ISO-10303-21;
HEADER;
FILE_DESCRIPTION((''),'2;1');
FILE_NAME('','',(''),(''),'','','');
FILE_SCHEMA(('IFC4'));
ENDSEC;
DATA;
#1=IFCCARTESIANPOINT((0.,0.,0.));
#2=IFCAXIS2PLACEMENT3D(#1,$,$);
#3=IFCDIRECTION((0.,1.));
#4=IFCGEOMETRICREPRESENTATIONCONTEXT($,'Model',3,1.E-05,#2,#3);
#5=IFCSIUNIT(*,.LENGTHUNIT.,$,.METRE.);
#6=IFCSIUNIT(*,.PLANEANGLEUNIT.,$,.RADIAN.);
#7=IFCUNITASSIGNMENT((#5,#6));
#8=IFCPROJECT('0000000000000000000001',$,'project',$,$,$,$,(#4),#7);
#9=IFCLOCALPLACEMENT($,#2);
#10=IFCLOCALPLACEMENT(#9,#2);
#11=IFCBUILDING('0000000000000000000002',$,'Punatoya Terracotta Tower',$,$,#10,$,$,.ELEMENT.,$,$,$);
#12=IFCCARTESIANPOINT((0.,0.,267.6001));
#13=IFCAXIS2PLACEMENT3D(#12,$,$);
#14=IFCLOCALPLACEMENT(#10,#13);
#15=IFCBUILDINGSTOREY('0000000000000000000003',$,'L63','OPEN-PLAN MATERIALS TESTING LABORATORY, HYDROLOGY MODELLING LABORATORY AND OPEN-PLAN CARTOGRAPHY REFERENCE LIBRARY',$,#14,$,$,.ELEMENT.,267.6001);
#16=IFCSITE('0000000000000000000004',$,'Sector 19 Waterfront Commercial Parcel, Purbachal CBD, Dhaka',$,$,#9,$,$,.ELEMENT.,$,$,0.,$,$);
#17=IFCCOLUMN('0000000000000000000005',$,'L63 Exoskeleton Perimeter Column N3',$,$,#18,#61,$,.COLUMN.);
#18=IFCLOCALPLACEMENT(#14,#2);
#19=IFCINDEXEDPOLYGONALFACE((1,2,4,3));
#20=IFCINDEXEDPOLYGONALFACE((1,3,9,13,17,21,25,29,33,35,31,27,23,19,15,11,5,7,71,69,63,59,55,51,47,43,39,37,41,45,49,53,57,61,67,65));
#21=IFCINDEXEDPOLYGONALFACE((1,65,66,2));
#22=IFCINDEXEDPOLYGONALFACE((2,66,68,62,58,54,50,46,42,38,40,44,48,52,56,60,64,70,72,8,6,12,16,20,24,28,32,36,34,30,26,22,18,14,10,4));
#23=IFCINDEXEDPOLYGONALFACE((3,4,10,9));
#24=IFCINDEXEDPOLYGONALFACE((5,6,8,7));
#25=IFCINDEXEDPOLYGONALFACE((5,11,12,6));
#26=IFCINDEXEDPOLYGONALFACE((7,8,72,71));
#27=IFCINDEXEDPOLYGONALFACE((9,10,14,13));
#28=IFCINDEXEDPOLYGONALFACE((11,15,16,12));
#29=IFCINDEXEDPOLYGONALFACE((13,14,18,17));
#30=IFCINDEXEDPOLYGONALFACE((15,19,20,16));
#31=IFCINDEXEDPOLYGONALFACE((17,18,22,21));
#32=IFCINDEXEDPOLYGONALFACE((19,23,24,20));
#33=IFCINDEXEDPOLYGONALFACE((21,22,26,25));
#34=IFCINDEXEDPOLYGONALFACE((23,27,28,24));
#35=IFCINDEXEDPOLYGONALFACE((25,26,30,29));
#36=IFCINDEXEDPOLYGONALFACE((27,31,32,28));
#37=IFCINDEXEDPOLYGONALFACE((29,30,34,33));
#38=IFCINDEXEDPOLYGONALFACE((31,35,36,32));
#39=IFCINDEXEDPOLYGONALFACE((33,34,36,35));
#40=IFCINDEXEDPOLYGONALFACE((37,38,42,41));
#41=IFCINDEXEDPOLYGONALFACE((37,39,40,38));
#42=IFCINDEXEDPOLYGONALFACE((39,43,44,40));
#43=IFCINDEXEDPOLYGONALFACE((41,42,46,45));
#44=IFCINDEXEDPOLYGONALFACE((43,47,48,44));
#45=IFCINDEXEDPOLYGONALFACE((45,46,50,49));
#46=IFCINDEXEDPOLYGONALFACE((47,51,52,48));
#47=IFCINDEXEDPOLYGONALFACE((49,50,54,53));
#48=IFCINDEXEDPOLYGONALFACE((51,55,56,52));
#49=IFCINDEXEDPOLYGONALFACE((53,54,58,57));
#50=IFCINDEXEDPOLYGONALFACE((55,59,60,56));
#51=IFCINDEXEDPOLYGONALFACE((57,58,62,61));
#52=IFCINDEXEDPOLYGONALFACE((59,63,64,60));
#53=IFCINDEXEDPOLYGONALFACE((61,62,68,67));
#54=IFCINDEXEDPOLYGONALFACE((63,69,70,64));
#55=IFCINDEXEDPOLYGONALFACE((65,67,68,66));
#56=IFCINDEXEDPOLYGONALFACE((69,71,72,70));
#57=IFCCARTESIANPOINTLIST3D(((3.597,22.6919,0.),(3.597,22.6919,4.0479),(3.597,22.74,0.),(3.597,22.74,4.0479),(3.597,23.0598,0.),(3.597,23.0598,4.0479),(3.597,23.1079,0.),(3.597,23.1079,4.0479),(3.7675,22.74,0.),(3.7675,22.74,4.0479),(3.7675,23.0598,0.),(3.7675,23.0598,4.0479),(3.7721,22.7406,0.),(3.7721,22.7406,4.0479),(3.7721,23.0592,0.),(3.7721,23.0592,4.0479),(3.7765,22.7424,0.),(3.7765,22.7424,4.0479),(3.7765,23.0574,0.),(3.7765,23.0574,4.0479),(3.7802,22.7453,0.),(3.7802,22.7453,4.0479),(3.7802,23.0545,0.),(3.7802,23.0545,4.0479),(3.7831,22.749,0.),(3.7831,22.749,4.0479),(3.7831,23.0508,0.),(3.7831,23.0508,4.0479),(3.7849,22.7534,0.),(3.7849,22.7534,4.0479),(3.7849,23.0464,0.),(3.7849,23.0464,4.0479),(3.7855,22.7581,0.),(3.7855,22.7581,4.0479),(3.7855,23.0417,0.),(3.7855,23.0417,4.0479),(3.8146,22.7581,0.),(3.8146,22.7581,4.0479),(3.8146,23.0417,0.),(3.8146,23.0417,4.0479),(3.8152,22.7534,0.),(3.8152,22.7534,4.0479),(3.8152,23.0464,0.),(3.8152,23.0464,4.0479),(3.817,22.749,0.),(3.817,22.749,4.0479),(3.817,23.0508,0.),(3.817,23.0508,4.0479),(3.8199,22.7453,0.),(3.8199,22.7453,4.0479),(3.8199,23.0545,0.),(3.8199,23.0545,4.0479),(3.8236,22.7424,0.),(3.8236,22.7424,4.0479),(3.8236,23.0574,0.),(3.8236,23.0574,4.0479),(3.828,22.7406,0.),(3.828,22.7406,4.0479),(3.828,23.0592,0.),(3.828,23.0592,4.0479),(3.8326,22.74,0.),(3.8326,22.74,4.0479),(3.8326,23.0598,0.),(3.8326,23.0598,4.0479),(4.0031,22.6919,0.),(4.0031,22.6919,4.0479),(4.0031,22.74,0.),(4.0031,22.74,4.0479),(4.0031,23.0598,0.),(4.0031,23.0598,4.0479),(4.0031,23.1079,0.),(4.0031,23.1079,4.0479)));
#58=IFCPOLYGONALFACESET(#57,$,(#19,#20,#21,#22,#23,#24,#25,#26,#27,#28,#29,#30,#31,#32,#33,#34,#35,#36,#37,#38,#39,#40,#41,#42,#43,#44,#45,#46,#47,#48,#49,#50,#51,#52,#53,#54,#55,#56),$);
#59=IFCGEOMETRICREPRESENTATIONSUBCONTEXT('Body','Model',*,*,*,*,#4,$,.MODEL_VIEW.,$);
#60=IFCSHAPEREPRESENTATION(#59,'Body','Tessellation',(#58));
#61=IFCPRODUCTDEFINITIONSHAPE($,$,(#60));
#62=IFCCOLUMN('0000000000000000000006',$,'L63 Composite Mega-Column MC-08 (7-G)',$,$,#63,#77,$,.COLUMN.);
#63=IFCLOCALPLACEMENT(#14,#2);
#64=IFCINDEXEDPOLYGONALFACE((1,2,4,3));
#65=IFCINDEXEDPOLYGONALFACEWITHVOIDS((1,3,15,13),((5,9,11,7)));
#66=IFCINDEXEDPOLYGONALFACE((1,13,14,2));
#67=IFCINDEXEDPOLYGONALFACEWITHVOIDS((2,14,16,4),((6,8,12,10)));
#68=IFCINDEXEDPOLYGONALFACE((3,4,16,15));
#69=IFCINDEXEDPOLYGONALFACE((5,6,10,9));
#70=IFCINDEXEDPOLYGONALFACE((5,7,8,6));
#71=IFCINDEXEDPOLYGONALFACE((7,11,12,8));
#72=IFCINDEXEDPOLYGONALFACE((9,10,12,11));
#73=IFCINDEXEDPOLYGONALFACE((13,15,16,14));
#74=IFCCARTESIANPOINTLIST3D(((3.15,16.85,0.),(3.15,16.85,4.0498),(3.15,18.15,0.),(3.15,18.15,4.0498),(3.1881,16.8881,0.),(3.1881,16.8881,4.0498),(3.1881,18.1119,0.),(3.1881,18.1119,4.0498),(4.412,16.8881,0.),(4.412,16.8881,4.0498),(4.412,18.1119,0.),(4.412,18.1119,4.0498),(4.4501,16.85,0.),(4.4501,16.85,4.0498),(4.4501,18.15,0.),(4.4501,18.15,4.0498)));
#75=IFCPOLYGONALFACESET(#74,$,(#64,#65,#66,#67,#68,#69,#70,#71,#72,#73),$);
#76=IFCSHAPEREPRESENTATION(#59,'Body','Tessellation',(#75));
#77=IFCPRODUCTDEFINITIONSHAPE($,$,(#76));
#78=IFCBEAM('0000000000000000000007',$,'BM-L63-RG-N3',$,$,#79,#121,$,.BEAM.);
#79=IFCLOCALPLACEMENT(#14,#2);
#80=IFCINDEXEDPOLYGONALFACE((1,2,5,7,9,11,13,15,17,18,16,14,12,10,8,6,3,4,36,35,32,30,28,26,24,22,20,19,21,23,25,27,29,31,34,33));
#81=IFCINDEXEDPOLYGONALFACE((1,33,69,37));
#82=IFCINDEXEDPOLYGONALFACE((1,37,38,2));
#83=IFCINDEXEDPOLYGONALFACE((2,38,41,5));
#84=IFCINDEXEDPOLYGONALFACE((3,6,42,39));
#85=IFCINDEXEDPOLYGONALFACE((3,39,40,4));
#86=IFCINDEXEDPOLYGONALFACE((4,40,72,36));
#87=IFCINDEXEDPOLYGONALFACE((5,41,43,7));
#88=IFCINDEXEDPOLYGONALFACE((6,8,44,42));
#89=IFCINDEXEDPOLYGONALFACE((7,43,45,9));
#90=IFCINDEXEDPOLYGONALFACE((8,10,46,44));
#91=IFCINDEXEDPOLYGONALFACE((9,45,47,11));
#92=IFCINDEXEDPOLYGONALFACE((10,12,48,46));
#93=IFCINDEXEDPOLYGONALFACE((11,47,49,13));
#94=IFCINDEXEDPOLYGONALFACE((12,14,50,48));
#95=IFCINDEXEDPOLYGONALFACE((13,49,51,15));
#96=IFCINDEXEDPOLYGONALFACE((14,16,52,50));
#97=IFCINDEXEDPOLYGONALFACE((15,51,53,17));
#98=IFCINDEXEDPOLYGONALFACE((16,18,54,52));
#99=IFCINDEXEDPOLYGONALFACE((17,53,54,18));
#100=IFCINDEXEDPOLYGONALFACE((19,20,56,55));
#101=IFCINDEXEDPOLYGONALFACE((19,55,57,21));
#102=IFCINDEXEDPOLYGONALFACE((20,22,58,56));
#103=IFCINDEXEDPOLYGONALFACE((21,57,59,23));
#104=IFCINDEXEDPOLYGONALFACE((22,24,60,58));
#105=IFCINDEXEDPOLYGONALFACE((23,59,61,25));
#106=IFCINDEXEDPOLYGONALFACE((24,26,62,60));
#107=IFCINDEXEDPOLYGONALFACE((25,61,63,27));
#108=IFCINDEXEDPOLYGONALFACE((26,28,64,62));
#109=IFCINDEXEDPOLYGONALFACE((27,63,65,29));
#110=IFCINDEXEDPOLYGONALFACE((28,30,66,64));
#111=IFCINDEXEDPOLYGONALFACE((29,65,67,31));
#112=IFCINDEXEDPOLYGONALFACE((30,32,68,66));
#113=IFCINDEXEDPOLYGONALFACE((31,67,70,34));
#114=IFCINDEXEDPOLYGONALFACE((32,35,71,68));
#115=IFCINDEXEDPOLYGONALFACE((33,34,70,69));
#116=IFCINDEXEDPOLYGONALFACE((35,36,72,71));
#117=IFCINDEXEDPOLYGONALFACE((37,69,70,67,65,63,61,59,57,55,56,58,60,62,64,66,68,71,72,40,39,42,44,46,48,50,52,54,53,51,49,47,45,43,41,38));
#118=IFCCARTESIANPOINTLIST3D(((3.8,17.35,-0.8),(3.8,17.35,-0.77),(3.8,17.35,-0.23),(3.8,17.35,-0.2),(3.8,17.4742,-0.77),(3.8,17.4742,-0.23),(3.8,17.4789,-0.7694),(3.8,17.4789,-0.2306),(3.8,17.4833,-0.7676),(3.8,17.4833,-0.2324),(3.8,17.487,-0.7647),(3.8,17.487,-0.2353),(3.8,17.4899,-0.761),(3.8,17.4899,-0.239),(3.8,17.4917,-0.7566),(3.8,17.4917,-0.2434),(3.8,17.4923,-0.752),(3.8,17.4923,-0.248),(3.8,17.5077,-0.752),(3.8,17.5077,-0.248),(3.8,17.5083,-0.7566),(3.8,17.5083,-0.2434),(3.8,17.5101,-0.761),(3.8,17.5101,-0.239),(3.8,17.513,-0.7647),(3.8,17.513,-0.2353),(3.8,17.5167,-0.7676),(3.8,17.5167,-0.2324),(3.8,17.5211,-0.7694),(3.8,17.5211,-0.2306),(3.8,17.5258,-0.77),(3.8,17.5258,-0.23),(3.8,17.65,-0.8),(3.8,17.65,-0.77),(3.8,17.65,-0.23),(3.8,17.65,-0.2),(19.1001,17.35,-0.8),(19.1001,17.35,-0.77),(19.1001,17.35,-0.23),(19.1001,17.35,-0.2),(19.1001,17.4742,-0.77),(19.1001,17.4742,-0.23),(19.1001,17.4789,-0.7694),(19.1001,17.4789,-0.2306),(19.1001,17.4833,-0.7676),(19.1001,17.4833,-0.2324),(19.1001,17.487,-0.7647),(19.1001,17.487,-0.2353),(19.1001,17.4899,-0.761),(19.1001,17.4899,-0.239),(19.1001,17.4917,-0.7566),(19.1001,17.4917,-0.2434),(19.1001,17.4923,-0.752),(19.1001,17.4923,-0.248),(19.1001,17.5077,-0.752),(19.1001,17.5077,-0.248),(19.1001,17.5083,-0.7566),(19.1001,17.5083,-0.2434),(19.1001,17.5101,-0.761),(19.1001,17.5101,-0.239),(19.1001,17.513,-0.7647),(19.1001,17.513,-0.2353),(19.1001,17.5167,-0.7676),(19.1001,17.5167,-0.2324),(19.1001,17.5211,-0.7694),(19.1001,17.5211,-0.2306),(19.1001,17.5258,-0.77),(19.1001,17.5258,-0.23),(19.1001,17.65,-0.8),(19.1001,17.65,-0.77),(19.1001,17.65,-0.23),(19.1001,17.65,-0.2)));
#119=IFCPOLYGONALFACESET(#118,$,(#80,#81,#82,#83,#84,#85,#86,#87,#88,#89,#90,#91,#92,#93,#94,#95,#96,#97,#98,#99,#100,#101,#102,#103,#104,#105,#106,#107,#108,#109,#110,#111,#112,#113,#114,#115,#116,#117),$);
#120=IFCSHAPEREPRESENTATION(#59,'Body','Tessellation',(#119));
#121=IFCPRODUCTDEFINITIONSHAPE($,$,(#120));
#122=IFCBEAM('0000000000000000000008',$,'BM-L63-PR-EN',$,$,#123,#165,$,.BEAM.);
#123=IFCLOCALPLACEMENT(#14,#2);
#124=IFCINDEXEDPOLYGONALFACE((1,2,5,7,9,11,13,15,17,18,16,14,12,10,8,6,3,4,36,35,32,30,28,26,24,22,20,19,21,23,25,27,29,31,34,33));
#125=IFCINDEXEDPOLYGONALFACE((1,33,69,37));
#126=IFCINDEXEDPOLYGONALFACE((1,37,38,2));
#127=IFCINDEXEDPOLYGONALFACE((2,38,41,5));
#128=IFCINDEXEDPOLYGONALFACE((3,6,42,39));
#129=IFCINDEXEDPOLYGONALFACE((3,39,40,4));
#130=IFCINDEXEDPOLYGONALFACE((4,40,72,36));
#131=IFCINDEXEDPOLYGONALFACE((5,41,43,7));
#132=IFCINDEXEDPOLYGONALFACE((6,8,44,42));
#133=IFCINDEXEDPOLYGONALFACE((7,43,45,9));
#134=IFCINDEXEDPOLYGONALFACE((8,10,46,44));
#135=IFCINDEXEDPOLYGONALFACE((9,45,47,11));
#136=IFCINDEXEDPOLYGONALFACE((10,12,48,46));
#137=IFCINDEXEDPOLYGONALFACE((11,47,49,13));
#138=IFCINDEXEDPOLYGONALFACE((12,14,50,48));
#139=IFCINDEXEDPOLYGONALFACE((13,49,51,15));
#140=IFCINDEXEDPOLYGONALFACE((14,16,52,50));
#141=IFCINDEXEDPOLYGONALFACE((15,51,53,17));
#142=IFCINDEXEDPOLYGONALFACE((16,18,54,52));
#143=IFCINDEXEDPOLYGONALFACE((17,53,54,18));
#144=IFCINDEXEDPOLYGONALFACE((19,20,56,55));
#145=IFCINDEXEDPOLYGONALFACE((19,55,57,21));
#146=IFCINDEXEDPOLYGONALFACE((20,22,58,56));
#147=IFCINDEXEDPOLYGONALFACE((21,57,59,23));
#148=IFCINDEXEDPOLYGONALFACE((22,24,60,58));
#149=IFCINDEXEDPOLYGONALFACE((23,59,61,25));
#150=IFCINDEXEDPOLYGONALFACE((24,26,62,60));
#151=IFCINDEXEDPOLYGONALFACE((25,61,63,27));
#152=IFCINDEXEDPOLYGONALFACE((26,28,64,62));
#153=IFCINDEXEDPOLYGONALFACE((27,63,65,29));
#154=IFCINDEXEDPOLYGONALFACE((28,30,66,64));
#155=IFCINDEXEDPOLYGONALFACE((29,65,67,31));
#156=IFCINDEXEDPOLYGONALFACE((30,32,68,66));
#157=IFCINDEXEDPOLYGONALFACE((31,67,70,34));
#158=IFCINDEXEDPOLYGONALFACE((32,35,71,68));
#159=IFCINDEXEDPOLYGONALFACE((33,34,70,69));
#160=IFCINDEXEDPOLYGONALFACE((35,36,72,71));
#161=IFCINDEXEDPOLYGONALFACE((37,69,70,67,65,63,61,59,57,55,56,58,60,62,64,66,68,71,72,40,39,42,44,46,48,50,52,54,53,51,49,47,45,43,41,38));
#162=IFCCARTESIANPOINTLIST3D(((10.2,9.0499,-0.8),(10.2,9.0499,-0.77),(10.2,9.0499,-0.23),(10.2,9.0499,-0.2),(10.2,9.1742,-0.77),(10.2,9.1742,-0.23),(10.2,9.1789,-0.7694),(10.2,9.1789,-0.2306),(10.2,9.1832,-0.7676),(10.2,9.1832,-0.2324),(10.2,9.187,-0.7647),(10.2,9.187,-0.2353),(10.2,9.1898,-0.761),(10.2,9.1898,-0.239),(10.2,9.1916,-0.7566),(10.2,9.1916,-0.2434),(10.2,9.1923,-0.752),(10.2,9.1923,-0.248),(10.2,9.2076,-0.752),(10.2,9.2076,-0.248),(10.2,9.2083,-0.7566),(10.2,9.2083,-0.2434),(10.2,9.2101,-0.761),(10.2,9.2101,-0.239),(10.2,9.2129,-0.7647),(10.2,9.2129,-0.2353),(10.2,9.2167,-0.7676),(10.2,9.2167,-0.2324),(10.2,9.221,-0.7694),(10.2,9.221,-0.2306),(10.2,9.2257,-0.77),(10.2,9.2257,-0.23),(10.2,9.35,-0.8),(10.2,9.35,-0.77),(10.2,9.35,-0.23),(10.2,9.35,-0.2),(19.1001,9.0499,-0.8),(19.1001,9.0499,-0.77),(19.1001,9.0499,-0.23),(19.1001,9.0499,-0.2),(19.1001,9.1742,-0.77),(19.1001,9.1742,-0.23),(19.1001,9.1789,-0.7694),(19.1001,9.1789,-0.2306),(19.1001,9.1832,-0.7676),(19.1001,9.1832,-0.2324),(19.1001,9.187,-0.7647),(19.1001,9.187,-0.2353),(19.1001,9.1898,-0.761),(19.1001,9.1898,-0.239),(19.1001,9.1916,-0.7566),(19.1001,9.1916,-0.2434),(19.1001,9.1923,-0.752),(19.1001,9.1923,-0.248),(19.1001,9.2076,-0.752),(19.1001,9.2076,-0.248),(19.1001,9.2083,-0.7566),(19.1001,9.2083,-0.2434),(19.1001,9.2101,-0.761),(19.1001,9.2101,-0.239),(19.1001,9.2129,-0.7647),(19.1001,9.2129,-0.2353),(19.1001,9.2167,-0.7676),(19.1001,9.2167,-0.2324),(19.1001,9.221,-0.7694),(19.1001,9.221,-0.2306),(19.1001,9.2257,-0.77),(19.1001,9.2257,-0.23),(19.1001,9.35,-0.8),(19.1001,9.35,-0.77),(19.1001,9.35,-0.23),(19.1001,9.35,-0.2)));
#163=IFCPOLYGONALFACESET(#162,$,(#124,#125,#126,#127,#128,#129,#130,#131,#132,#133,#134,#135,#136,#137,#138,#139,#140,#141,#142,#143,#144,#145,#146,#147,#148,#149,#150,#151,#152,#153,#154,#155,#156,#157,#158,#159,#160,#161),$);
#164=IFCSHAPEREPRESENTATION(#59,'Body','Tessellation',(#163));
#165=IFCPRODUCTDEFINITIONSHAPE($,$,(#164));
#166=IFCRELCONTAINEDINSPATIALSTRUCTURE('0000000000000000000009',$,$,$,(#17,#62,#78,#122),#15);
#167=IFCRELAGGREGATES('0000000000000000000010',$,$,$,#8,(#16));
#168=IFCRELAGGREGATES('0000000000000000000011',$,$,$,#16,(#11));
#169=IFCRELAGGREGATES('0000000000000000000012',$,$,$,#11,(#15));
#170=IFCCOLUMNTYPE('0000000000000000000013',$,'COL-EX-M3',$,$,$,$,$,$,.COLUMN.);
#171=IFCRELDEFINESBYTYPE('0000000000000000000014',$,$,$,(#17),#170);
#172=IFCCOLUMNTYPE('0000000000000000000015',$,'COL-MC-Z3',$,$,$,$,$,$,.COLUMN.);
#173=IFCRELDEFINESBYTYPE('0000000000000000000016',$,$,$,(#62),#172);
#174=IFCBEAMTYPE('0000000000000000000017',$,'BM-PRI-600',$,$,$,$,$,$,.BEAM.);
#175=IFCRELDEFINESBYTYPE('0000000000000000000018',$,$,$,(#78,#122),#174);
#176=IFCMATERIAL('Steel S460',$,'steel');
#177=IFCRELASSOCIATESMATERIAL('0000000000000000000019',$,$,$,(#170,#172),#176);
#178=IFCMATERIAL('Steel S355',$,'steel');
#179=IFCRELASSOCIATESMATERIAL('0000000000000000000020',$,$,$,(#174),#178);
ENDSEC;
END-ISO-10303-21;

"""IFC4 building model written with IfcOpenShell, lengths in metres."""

from ifc_helpers import new_model, si_unit, direction, frame, origin, origin_2d, place, context, subcontext, project, spatial, hollow_rectangle, i_section, extrude, material, material_profile, profile_set, type_object, element, save


model = new_model("IFC4")

# Units and contexts
model_context = context("Model", 3, precision=1e-05, world=origin(), true_north=direction((0.0, 1.0)))
body_context = subcontext(model_context, "Body", "Model", "MODEL_VIEW")
ifc_project = project(units=[si_unit("LENGTHUNIT", "METRE"), si_unit("PLANEANGLEUNIT", "RADIAN")], contexts=[model_context])

# Site, building, storey
site_placement = place(None, origin())
site = spatial("IfcSite", under=ifc_project, at=site_placement, Name="Sector 19 Waterfront Commercial Parcel, Purbachal CBD, Dhaka", CompositionType="ELEMENT", RefElevation=0.0)
building_placement = place(site_placement, origin())
building = spatial("IfcBuilding", under=site, at=building_placement, Name="Punatoya Terracotta Tower", CompositionType="ELEMENT")
storey_placement = place(building_placement, frame((0.0, 0.0, 267.6001)))
storey = spatial("IfcBuildingStorey", under=building, at=storey_placement, Name="L63", Description="OPEN-PLAN MATERIALS TESTING LABORATORY, HYDROLOGY MODELLING LABORATORY AND OPEN-PLAN CARTOGRAPHY REFERENCE LIBRARY", CompositionType="ELEMENT", Elevation=267.6001)

# Columns
ifc_material_1 = material(Name="Steel S460", Category="steel")
ifc_material_profile_1 = material_profile(ifc_material_1, i_section(OverallWidth=0.406, OverallDepth=0.416, WebThickness=0.0291, FlangeThickness=0.0481, FilletRadius=0.0181, at=origin_2d()))
ifc_profile_set_1 = profile_set([ifc_material_profile_1], Name="Steel S460")
column_type_1 = type_object("IfcColumnType", Name="COL-EX-M3", PredefinedType="COLUMN", material=ifc_profile_set_1)
column_1_placement = place(storey_placement, frame((3.8, 22.8999, 0.0), z_axis=(0.0, 0.0, 1.0), x_axis=(1.0, 0.0, 0.0)))
element("IfcColumn", 1, at=column_1_placement, inside=storey, type_object=column_type_1, Name="L63 Exoskeleton Perimeter Column N3", PredefinedType="COLUMN", context=body_context, shape_type="SweptSolid", body=[
    extrude(i_section(OverallWidth=0.406, OverallDepth=0.416, WebThickness=0.0291, FlangeThickness=0.0481, FilletRadius=0.0181, at=origin_2d()), origin(), (0.0, 0.0, 1.0), 4.0479),
])
ifc_material_profile_2 = material_profile(ifc_material_1, hollow_rectangle(XDim=1.3, YDim=1.3, WallThickness=0.0381, at=origin_2d()))
ifc_profile_set_2 = profile_set([ifc_material_profile_2], Name="Steel S460")
column_type_2 = type_object("IfcColumnType", Name="COL-MC-Z3", PredefinedType="COLUMN", material=ifc_profile_set_2)
column_2_placement = place(storey_placement, frame((3.8, 17.5, 0.0), z_axis=(0.0, 0.0, 1.0), x_axis=(1.0, 0.0, 0.0)))
element("IfcColumn", 2, at=column_2_placement, inside=storey, type_object=column_type_2, Name="L63 Composite Mega-Column MC-08 (7-G)", PredefinedType="COLUMN", context=body_context, shape_type="SweptSolid", body=[
    extrude(hollow_rectangle(XDim=1.3, YDim=1.3, WallThickness=0.0381, at=origin_2d()), origin(), (0.0, 0.0, 1.0), 4.0498),
])

# Beams
ifc_material_2 = material(Name="Steel S355", Category="steel")
ifc_material_profile_3 = material_profile(ifc_material_2, i_section(OverallWidth=0.3, OverallDepth=0.6001, WebThickness=0.0154, FlangeThickness=0.03, FilletRadius=0.0181, at=origin_2d()))
ifc_profile_set_3 = profile_set([ifc_material_profile_3], Name="Steel S355")
beam_type_1 = type_object("IfcBeamType", Name="BM-PRI-600", PredefinedType="BEAM", material=ifc_profile_set_3)
beam_1_placement = place(storey_placement, frame((3.8, 17.5, -0.5), z_axis=(1.0, 0.0, 0.0), x_axis=(0.0, 1.0, 0.0)))
element("IfcBeam", 3, at=beam_1_placement, inside=storey, type_object=beam_type_1, Name="BM-L63-RG-N3", PredefinedType="BEAM", context=body_context, shape_type="SweptSolid", body=[
    extrude(i_section(OverallWidth=0.3, OverallDepth=0.6001, WebThickness=0.0154, FlangeThickness=0.03, FilletRadius=0.0181, at=origin_2d()), origin(), (0.0, 0.0, 1.0), 15.3),
])
beam_2_placement = place(storey_placement, frame((10.2, 9.2, -0.5), z_axis=(1.0, 0.0, 0.0), x_axis=(0.0, 1.0, 0.0)))
element("IfcBeam", 4, at=beam_2_placement, inside=storey, type_object=beam_type_1, Name="BM-L63-PR-EN", PredefinedType="BEAM", context=body_context, shape_type="SweptSolid", body=[
    extrude(i_section(OverallWidth=0.3, OverallDepth=0.6001, WebThickness=0.0154, FlangeThickness=0.03, FilletRadius=0.0181, at=origin_2d()), origin(), (0.0, 0.0, 1.0), 8.9001),
])

save(model, "model.ifc")
